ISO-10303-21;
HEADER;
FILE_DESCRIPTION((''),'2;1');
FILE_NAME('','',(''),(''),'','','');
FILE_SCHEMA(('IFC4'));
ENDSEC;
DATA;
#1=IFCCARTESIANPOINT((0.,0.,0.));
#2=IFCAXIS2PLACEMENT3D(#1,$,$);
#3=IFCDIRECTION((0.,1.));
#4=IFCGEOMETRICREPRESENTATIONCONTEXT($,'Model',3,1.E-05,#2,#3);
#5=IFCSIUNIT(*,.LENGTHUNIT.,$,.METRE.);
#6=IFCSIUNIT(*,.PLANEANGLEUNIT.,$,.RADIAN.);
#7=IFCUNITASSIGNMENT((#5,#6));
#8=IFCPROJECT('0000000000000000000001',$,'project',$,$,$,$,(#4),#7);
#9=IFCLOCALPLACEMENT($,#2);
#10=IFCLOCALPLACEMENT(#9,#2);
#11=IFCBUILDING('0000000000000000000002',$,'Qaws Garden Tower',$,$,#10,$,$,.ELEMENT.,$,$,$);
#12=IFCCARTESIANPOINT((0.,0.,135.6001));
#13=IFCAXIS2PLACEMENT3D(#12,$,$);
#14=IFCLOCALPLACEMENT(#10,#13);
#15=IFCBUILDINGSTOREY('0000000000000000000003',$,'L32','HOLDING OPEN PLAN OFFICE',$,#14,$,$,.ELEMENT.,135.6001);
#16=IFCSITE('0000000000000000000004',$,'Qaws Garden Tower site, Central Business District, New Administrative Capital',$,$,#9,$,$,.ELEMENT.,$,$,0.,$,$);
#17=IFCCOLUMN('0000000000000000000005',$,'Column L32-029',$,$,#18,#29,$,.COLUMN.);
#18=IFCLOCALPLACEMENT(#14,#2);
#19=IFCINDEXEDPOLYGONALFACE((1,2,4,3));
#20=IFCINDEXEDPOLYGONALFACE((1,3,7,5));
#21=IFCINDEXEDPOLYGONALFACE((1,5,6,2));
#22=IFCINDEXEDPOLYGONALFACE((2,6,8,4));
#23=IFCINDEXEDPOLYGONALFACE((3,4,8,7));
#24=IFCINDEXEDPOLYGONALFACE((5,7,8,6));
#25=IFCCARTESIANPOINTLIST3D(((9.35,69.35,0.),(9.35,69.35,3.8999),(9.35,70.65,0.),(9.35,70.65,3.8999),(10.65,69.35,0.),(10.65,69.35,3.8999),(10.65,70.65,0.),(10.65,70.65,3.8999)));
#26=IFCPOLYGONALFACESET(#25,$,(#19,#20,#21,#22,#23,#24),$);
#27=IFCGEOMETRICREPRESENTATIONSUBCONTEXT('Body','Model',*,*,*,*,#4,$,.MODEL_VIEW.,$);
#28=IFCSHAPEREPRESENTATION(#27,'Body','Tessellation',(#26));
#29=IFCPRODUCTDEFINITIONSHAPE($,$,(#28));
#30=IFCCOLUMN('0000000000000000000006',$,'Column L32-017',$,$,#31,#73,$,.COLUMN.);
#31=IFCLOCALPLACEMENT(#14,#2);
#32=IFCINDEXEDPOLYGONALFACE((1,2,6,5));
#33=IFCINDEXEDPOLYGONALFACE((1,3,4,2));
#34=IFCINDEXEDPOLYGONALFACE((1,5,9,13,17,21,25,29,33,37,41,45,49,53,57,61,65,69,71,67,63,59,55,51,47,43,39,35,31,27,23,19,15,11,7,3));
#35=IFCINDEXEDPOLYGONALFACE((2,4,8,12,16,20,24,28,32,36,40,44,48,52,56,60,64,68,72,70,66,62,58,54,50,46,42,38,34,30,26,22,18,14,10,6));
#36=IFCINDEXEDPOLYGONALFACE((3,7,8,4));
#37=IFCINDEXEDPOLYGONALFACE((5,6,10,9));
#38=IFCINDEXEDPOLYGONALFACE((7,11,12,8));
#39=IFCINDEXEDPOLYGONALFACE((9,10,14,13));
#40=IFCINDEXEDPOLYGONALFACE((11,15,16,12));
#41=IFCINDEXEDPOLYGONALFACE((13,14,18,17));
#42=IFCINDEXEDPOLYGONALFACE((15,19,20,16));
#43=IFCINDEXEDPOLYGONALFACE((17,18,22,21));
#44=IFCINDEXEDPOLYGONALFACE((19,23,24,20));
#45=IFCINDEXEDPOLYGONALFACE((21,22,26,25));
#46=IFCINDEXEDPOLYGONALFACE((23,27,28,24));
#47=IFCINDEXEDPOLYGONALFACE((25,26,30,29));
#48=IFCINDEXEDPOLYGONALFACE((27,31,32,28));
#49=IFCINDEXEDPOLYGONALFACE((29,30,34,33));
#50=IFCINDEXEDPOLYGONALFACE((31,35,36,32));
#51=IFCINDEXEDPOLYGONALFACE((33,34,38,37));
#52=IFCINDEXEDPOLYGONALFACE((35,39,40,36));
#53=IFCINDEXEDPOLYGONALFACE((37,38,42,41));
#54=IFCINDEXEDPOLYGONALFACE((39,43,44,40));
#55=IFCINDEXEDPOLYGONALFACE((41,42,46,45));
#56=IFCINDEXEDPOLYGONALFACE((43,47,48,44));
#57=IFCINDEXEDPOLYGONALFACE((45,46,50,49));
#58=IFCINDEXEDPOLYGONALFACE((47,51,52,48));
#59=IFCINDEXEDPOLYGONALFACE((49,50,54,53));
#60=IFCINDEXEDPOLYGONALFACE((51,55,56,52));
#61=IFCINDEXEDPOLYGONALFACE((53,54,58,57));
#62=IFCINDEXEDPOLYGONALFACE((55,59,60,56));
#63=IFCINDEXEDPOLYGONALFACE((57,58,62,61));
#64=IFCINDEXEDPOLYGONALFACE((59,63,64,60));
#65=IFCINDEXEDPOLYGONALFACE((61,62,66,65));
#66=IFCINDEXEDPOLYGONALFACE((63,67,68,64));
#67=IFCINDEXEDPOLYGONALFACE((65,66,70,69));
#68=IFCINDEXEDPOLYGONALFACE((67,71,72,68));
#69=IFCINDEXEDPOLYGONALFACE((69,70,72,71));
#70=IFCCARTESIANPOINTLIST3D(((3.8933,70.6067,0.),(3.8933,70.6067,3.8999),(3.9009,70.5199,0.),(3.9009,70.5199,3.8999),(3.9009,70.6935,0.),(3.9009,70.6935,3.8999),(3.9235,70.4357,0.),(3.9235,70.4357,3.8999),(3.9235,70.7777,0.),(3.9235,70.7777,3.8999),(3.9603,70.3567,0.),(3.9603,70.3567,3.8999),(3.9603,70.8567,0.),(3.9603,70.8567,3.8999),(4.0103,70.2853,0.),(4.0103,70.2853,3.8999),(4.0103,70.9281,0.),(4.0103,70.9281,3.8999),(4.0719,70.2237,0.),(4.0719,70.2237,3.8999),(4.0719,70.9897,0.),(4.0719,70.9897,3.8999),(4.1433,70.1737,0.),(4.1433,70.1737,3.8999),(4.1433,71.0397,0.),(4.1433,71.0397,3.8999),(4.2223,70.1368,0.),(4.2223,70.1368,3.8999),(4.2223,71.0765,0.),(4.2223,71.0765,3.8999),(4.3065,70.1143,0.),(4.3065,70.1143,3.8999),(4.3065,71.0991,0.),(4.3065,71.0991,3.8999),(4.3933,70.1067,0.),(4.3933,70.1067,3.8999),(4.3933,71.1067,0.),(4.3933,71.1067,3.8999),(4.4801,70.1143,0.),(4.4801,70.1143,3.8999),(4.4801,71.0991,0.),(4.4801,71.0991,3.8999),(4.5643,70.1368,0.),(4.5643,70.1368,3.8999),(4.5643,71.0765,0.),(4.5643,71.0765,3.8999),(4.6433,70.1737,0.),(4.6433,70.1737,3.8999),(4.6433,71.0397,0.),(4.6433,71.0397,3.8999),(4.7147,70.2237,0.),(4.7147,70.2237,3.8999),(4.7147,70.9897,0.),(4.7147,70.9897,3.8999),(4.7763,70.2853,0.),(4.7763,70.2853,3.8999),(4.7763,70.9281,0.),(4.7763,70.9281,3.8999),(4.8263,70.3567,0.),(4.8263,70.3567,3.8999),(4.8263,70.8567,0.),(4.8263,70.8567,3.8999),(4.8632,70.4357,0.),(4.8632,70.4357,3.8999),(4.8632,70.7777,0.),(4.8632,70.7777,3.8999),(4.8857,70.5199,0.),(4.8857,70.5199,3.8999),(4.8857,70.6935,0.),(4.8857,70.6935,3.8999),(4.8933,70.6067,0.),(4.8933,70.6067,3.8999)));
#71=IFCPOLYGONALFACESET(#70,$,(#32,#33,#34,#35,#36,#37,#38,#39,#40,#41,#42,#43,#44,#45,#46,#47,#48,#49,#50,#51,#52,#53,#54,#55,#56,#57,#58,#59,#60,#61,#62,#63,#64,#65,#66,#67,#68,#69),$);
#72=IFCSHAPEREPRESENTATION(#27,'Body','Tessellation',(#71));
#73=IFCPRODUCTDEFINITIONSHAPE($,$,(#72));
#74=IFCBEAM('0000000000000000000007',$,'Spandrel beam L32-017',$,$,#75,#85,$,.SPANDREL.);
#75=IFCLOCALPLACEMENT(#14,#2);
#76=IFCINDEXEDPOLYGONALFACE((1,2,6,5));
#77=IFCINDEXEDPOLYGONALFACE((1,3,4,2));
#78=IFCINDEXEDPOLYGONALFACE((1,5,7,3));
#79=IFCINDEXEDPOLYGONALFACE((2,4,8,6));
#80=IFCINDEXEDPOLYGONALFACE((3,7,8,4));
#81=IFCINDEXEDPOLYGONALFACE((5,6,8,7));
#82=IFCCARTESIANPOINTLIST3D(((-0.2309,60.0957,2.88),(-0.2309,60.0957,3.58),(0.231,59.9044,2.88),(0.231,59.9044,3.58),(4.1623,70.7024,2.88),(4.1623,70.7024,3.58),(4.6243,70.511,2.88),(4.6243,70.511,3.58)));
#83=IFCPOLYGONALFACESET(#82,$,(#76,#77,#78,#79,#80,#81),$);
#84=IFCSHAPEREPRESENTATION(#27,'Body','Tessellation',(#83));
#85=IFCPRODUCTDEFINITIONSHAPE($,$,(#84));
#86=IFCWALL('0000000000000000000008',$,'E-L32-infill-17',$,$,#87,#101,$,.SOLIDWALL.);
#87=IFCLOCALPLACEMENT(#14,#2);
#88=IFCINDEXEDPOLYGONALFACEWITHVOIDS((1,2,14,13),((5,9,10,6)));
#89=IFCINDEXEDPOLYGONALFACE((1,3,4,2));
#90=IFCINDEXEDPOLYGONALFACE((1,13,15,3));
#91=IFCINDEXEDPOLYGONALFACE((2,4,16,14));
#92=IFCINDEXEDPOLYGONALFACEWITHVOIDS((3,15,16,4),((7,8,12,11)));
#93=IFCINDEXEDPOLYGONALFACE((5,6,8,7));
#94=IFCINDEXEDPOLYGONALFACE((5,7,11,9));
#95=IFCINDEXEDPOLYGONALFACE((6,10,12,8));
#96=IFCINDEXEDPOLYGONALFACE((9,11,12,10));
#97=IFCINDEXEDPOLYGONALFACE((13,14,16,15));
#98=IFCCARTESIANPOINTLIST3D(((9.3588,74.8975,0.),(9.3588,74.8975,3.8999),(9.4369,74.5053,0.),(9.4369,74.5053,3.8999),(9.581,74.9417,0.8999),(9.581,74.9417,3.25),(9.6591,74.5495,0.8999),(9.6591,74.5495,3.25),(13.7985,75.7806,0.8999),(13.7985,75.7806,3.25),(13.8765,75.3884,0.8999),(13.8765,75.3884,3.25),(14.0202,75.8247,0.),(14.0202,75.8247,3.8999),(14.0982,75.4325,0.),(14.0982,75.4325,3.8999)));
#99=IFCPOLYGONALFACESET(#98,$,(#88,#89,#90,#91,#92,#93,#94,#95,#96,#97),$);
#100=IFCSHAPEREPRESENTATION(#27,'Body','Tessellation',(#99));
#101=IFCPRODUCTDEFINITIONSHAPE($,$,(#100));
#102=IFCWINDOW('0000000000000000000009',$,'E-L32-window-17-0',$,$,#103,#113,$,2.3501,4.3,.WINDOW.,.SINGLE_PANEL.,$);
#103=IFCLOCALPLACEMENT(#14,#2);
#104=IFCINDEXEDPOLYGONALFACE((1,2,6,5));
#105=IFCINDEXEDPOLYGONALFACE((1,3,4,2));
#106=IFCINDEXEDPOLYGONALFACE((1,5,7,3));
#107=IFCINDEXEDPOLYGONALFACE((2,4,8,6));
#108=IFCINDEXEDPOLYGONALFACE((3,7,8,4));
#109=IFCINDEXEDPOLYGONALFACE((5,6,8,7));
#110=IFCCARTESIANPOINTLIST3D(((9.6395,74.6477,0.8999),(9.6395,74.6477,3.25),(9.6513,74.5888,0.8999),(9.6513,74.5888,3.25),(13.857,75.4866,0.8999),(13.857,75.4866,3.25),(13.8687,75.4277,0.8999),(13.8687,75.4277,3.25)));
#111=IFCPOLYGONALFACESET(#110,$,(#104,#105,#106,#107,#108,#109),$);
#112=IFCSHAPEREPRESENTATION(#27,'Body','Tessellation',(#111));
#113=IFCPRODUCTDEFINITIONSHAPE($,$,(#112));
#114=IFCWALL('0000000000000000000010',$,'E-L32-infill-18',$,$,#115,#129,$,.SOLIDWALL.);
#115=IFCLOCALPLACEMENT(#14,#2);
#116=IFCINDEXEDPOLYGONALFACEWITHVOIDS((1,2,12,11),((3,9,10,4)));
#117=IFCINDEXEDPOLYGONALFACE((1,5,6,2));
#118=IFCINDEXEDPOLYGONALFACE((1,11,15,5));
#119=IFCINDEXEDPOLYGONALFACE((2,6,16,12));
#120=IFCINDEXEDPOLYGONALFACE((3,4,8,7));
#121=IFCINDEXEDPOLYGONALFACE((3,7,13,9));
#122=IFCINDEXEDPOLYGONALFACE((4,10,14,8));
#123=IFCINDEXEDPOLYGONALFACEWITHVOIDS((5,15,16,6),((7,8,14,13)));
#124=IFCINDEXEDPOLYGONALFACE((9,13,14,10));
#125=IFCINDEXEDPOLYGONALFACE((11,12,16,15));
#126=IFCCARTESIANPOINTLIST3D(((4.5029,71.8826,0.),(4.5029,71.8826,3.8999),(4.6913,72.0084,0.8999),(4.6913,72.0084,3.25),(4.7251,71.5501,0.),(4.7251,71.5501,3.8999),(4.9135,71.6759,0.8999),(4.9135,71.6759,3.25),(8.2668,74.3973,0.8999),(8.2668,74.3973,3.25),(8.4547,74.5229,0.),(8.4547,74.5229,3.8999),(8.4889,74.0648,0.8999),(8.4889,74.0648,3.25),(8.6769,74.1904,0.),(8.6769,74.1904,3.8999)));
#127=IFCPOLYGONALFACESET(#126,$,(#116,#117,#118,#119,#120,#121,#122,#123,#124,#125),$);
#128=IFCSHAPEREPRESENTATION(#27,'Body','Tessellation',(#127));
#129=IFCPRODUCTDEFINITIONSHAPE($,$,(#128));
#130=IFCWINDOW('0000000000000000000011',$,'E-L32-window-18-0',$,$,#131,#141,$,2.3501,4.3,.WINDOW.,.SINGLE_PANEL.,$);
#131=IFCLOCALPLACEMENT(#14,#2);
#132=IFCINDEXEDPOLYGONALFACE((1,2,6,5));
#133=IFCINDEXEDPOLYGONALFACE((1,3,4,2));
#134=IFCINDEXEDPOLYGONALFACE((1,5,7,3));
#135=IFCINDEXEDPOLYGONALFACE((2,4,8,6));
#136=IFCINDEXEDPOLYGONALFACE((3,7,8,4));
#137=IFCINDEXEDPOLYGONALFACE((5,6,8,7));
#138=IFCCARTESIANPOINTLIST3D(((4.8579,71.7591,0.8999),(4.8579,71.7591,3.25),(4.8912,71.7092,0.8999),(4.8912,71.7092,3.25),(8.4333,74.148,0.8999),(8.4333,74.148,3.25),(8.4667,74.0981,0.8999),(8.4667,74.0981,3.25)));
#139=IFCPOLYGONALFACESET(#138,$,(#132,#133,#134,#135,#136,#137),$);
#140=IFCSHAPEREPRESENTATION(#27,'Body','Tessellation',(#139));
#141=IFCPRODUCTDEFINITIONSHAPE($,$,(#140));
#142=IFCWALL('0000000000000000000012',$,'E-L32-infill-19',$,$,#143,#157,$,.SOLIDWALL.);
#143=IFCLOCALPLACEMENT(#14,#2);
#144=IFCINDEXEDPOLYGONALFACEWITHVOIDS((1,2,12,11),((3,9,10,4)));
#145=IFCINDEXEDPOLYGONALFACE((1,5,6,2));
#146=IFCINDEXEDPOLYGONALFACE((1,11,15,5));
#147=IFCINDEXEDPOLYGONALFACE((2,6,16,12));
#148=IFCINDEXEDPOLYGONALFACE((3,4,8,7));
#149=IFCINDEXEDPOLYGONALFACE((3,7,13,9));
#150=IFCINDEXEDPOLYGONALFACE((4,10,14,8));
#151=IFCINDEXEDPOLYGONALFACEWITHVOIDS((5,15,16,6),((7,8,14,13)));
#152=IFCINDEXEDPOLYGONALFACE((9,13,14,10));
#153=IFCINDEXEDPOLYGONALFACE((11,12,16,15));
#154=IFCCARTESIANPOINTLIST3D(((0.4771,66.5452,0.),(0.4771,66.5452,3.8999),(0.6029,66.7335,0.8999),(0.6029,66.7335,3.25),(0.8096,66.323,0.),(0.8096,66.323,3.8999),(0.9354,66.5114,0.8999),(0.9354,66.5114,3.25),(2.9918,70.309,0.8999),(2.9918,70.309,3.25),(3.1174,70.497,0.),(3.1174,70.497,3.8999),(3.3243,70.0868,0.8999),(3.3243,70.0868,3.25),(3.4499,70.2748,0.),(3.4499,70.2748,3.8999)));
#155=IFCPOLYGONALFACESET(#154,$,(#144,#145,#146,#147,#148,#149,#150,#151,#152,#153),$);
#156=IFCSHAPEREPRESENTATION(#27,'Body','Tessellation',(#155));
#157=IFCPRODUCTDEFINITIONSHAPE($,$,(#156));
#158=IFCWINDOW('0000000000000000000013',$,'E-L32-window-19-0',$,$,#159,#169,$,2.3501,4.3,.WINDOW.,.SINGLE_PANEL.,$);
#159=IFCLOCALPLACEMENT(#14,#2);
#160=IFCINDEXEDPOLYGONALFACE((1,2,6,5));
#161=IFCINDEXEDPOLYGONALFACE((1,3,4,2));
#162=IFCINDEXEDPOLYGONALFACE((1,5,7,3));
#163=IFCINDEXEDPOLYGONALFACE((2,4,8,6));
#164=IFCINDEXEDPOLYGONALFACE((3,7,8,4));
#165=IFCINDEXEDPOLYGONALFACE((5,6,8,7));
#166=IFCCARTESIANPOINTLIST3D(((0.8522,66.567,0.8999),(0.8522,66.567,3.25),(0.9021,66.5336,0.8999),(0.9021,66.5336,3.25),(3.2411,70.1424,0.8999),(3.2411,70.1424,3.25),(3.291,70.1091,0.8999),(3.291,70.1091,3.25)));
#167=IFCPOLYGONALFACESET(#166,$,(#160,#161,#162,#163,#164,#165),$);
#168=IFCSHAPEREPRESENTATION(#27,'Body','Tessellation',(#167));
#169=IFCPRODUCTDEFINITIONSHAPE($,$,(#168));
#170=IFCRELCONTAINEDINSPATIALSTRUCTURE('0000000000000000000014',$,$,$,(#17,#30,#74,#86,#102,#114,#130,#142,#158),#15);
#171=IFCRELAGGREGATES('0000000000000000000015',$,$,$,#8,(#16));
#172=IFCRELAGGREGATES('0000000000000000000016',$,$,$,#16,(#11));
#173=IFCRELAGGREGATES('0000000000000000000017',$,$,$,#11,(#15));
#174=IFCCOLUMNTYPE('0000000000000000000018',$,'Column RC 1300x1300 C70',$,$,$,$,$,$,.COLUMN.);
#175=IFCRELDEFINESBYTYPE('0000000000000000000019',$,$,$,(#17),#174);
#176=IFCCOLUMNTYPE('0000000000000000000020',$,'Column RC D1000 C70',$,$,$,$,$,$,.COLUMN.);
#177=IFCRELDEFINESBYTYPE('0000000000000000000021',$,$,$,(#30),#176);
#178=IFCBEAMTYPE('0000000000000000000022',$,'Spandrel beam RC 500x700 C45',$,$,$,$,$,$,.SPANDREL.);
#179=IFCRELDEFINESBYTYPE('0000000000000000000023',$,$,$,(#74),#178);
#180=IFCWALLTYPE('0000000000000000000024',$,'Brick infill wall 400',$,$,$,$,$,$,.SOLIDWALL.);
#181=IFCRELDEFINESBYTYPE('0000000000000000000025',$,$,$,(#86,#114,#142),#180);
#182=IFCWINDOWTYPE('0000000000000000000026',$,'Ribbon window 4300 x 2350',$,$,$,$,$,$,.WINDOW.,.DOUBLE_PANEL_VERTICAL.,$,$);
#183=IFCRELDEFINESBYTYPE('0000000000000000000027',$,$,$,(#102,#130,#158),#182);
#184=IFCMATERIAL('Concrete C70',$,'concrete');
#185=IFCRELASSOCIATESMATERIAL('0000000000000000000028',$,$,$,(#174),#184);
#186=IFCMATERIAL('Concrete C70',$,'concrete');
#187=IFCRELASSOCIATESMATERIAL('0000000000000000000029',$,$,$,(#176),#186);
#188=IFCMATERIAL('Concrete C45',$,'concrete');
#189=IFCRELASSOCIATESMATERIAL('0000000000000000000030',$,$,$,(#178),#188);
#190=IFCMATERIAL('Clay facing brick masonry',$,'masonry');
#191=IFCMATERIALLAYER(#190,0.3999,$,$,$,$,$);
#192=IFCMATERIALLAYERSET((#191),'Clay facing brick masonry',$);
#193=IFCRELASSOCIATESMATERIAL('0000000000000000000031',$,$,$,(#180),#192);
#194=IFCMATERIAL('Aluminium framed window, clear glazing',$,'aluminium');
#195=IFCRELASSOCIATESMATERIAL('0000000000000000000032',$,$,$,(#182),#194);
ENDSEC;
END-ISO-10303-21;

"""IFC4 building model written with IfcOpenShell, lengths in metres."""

from ifc_helpers import new_model, si_unit, direction, frame, frame_2d, origin, origin_2d, place, context, subcontext, project, spatial, rectangle, circle, extrude, material, layer, layer_set, material_profile, profile_set, type_object, element, fill, save


model = new_model("IFC4")

# Units and contexts
model_context = context("Model", 3, precision=1e-05, world=origin(), true_north=direction((0.0, 1.0)))
body_context = subcontext(model_context, "Body", "Model", "MODEL_VIEW")
ifc_project = project(units=[si_unit("LENGTHUNIT", "METRE"), si_unit("PLANEANGLEUNIT", "RADIAN")], contexts=[model_context])

# Site, building, storey
site_placement = place(None, origin())
site = spatial("IfcSite", under=ifc_project, at=site_placement, Name="Qaws Garden Tower site, Central Business District, New Administrative Capital", CompositionType="ELEMENT", RefElevation=0.0)
building_placement = place(site_placement, origin())
building = spatial("IfcBuilding", under=site, at=building_placement, Name="Qaws Garden Tower", CompositionType="ELEMENT")
storey_placement = place(building_placement, frame((0.0, 0.0, 135.6001)))
storey = spatial("IfcBuildingStorey", under=building, at=storey_placement, Name="L32", Description="HOLDING OPEN PLAN OFFICE", CompositionType="ELEMENT", Elevation=135.6001)

# Columns
ifc_material_1 = material(Name="Concrete C70", Category="concrete")
ifc_material_profile_1 = material_profile(ifc_material_1, rectangle(XDim=1.3, YDim=1.3, at=origin_2d()), Name="RC 1300x1300")
ifc_profile_set_1 = profile_set([ifc_material_profile_1], Name="Concrete C70")
column_type_1 = type_object("IfcColumnType", Name="Column RC 1300x1300 C70", PredefinedType="COLUMN", material=ifc_profile_set_1)
column_1_placement = place(storey_placement, frame((10.0, 70.0, 0.0), z_axis=(0.0, 0.0, 1.0), x_axis=(1.0, 0.0, 0.0)))
element("IfcColumn", 1, at=column_1_placement, inside=storey, type_object=column_type_1, Name="Column L32-029", PredefinedType="COLUMN", context=body_context, shape_type="SweptSolid", body=[
    extrude(rectangle(XDim=1.3, YDim=1.3, at=origin_2d()), origin(), (0.0, 0.0, 1.0), 3.8999),
])
ifc_material_2 = material(Name="Concrete C70", Category="concrete")
ifc_material_profile_2 = material_profile(ifc_material_2, circle(Radius=0.5, at=origin_2d()), Name="RC D1000")
ifc_profile_set_2 = profile_set([ifc_material_profile_2], Name="Concrete C70")
column_type_2 = type_object("IfcColumnType", Name="Column RC D1000 C70", PredefinedType="COLUMN", material=ifc_profile_set_2)
column_2_placement = place(storey_placement, frame((4.3933, 70.6067, 0.0), z_axis=(0.0, 0.0, 1.0), x_axis=(1.0, 0.0, 0.0)))
element("IfcColumn", 2, at=column_2_placement, inside=storey, type_object=column_type_2, Name="Column L32-017", PredefinedType="COLUMN", context=body_context, shape_type="SweptSolid", body=[
    extrude(circle(Radius=0.5, at=origin_2d()), origin(), (0.0, 0.0, 1.0), 3.8999),
])

# Beam
ifc_material_3 = material(Name="Concrete C45", Category="concrete")
ifc_material_profile_3 = material_profile(ifc_material_3, rectangle(XDim=0.5, YDim=0.7, at=origin_2d()), Name="RC 500x700")
ifc_profile_set_3 = profile_set([ifc_material_profile_3], Name="Concrete C45")
beam_type = type_object("IfcBeamType", Name="Spandrel beam RC 500x700 C45", PredefinedType="SPANDREL", material=ifc_profile_set_3)
beam_placement = place(storey_placement, frame((4.3933, 70.6067, 3.23), z_axis=(-0.382674, -0.923883, 0.0), x_axis=(0.923883, -0.382674, 0.0)))
element("IfcBeam", 3, at=beam_placement, inside=storey, type_object=beam_type, Name="Spandrel beam L32-017", PredefinedType="SPANDREL", context=body_context, shape_type="SweptSolid", body=[
    extrude(rectangle(XDim=0.5, YDim=0.7, at=origin_2d()), origin(), (0.0, 0.0, 1.0), 11.4805),
])

# Walls, openings, windows
ifc_material_4 = material(Name="Clay facing brick masonry", Category="masonry")
ifc_layer_1 = layer(ifc_material_4, 0.3999)
ifc_layer_set_1 = layer_set([ifc_layer_1], Name="Clay facing brick masonry")
wall_type_1 = type_object("IfcWallType", Name="Brick infill wall 400", PredefinedType="SOLIDWALL", material=ifc_layer_set_1)
wall_1_placement = place(storey_placement, frame((14.0593, 75.6287, 0.0), z_axis=(0.0, 0.0, 1.0), x_axis=(-0.980784, -0.195099, 0.0)))
wall_1 = element("IfcWall", 4, at=wall_1_placement, inside=storey, type_object=wall_type_1, Name="E-L32-infill-17", PredefinedType="SOLIDWALL", context=body_context, shape_type="SweptSolid", body=[
    extrude(rectangle(XDim=4.7527, YDim=0.3999, at=frame_2d((2.3765, 0.0))), origin(), (0.0, 0.0, 1.0), 3.8999),
])
opening_1_placement = place(wall_1_placement, frame((0.2263, 0.0, 0.8999)))
opening_1 = element("IfcOpeningElement", 5, at=opening_1_placement, cuts=wall_1, PredefinedType="OPENING", context=body_context, shape_type="SweptSolid", body=[
    extrude(rectangle(XDim=4.3, YDim=2.3501, at=frame_2d((2.1499, 1.175))), frame((0.0, 0.21, 0.0), z_axis=(0.0, -1.0, 0.0), x_axis=(1.0, 0.0, 0.0)), (0.0, 0.0, 1.0), 0.4199),
])
ifc_material_5 = material(Name="Aluminium framed window, clear glazing", Category="aluminium")
window_type = type_object("IfcWindowType", Name="Ribbon window 4300 x 2350", PartitioningType="DOUBLE_PANEL_VERTICAL", PredefinedType="WINDOW", material=ifc_material_5)
window_1_placement = place(opening_1_placement, origin())
window_1 = element("IfcWindow", 6, at=window_1_placement, inside=storey, type_object=window_type, Name="E-L32-window-17-0", OverallHeight=2.3501, OverallWidth=4.3, PartitioningType="SINGLE_PANEL", PredefinedType="WINDOW", context=body_context, shape_type="SweptSolid", body=[
    extrude(rectangle(XDim=4.3, YDim=2.3501, at=frame_2d((2.1499, 1.175))), frame((0.0, 0.1599, 0.0), z_axis=(0.0, -1.0, 0.0), x_axis=(1.0, 0.0, 0.0)), (0.0, 0.0, 1.0), 0.0601),
])
fill(opening_1, window_1)
wall_2_placement = place(storey_placement, frame((8.5659, 74.3567, 0.0), z_axis=(0.0, 0.0, 1.0), x_axis=(-0.831489, -0.555542, 0.0)))
wall_2 = element("IfcWall", 7, at=wall_2_placement, inside=storey, type_object=wall_type_1, Name="E-L32-infill-18", PredefinedType="SOLIDWALL", context=body_context, shape_type="SweptSolid", body=[
    extrude(rectangle(XDim=4.7527, YDim=0.3999, at=frame_2d((2.3765, 0.0))), origin(), (0.0, 0.0, 1.0), 3.8999),
])
opening_2_placement = place(wall_2_placement, frame((0.2263, 0.0, 0.8999)))
opening_2 = element("IfcOpeningElement", 8, at=opening_2_placement, cuts=wall_2, PredefinedType="OPENING", context=body_context, shape_type="SweptSolid", body=[
    extrude(rectangle(XDim=4.3, YDim=2.3501, at=frame_2d((2.1499, 1.175))), frame((0.0, 0.21, 0.0), z_axis=(0.0, -1.0, 0.0), x_axis=(1.0, 0.0, 0.0)), (0.0, 0.0, 1.0), 0.4199),
])
window_2_placement = place(opening_2_placement, origin())
window_2 = element("IfcWindow", 9, at=window_2_placement, inside=storey, type_object=window_type, Name="E-L32-window-18-0", OverallHeight=2.3501, OverallWidth=4.3, PartitioningType="SINGLE_PANEL", PredefinedType="WINDOW", context=body_context, shape_type="SweptSolid", body=[
    extrude(rectangle(XDim=4.3, YDim=2.3501, at=frame_2d((2.1499, 1.175))), frame((0.0, 0.1599, 0.0), z_axis=(0.0, -1.0, 0.0), x_axis=(1.0, 0.0, 0.0)), (0.0, 0.0, 1.0), 0.0601),
])
fill(opening_2, window_2)
wall_3_placement = place(storey_placement, frame((3.2837, 70.386, 0.0), z_axis=(0.0, 0.0, 1.0), x_axis=(-0.555542, -0.831489, 0.0)))
wall_3 = element("IfcWall", 10, at=wall_3_placement, inside=storey, type_object=wall_type_1, Name="E-L32-infill-19", PredefinedType="SOLIDWALL", context=body_context, shape_type="SweptSolid", body=[
    extrude(rectangle(XDim=4.7527, YDim=0.3999, at=frame_2d((2.3765, 0.0))), origin(), (0.0, 0.0, 1.0), 3.8999),
])
opening_3_placement = place(wall_3_placement, frame((0.2263, 0.0, 0.8999)))
opening_3 = element("IfcOpeningElement", 11, at=opening_3_placement, cuts=wall_3, PredefinedType="OPENING", context=body_context, shape_type="SweptSolid", body=[
    extrude(rectangle(XDim=4.3, YDim=2.3501, at=frame_2d((2.1499, 1.175))), frame((0.0, 0.21, 0.0), z_axis=(0.0, -1.0, 0.0), x_axis=(1.0, 0.0, 0.0)), (0.0, 0.0, 1.0), 0.4199),
])
window_3_placement = place(opening_3_placement, origin())
window_3 = element("IfcWindow", 12, at=window_3_placement, inside=storey, type_object=window_type, Name="E-L32-window-19-0", OverallHeight=2.3501, OverallWidth=4.3, PartitioningType="SINGLE_PANEL", PredefinedType="WINDOW", context=body_context, shape_type="SweptSolid", body=[
    extrude(rectangle(XDim=4.3, YDim=2.3501, at=frame_2d((2.1499, 1.175))), frame((0.0, 0.1599, 0.0), z_axis=(0.0, -1.0, 0.0), x_axis=(1.0, 0.0, 0.0)), (0.0, 0.0, 1.0), 0.0601),
])
fill(opening_3, window_3)

save(model, "model.ifc")
